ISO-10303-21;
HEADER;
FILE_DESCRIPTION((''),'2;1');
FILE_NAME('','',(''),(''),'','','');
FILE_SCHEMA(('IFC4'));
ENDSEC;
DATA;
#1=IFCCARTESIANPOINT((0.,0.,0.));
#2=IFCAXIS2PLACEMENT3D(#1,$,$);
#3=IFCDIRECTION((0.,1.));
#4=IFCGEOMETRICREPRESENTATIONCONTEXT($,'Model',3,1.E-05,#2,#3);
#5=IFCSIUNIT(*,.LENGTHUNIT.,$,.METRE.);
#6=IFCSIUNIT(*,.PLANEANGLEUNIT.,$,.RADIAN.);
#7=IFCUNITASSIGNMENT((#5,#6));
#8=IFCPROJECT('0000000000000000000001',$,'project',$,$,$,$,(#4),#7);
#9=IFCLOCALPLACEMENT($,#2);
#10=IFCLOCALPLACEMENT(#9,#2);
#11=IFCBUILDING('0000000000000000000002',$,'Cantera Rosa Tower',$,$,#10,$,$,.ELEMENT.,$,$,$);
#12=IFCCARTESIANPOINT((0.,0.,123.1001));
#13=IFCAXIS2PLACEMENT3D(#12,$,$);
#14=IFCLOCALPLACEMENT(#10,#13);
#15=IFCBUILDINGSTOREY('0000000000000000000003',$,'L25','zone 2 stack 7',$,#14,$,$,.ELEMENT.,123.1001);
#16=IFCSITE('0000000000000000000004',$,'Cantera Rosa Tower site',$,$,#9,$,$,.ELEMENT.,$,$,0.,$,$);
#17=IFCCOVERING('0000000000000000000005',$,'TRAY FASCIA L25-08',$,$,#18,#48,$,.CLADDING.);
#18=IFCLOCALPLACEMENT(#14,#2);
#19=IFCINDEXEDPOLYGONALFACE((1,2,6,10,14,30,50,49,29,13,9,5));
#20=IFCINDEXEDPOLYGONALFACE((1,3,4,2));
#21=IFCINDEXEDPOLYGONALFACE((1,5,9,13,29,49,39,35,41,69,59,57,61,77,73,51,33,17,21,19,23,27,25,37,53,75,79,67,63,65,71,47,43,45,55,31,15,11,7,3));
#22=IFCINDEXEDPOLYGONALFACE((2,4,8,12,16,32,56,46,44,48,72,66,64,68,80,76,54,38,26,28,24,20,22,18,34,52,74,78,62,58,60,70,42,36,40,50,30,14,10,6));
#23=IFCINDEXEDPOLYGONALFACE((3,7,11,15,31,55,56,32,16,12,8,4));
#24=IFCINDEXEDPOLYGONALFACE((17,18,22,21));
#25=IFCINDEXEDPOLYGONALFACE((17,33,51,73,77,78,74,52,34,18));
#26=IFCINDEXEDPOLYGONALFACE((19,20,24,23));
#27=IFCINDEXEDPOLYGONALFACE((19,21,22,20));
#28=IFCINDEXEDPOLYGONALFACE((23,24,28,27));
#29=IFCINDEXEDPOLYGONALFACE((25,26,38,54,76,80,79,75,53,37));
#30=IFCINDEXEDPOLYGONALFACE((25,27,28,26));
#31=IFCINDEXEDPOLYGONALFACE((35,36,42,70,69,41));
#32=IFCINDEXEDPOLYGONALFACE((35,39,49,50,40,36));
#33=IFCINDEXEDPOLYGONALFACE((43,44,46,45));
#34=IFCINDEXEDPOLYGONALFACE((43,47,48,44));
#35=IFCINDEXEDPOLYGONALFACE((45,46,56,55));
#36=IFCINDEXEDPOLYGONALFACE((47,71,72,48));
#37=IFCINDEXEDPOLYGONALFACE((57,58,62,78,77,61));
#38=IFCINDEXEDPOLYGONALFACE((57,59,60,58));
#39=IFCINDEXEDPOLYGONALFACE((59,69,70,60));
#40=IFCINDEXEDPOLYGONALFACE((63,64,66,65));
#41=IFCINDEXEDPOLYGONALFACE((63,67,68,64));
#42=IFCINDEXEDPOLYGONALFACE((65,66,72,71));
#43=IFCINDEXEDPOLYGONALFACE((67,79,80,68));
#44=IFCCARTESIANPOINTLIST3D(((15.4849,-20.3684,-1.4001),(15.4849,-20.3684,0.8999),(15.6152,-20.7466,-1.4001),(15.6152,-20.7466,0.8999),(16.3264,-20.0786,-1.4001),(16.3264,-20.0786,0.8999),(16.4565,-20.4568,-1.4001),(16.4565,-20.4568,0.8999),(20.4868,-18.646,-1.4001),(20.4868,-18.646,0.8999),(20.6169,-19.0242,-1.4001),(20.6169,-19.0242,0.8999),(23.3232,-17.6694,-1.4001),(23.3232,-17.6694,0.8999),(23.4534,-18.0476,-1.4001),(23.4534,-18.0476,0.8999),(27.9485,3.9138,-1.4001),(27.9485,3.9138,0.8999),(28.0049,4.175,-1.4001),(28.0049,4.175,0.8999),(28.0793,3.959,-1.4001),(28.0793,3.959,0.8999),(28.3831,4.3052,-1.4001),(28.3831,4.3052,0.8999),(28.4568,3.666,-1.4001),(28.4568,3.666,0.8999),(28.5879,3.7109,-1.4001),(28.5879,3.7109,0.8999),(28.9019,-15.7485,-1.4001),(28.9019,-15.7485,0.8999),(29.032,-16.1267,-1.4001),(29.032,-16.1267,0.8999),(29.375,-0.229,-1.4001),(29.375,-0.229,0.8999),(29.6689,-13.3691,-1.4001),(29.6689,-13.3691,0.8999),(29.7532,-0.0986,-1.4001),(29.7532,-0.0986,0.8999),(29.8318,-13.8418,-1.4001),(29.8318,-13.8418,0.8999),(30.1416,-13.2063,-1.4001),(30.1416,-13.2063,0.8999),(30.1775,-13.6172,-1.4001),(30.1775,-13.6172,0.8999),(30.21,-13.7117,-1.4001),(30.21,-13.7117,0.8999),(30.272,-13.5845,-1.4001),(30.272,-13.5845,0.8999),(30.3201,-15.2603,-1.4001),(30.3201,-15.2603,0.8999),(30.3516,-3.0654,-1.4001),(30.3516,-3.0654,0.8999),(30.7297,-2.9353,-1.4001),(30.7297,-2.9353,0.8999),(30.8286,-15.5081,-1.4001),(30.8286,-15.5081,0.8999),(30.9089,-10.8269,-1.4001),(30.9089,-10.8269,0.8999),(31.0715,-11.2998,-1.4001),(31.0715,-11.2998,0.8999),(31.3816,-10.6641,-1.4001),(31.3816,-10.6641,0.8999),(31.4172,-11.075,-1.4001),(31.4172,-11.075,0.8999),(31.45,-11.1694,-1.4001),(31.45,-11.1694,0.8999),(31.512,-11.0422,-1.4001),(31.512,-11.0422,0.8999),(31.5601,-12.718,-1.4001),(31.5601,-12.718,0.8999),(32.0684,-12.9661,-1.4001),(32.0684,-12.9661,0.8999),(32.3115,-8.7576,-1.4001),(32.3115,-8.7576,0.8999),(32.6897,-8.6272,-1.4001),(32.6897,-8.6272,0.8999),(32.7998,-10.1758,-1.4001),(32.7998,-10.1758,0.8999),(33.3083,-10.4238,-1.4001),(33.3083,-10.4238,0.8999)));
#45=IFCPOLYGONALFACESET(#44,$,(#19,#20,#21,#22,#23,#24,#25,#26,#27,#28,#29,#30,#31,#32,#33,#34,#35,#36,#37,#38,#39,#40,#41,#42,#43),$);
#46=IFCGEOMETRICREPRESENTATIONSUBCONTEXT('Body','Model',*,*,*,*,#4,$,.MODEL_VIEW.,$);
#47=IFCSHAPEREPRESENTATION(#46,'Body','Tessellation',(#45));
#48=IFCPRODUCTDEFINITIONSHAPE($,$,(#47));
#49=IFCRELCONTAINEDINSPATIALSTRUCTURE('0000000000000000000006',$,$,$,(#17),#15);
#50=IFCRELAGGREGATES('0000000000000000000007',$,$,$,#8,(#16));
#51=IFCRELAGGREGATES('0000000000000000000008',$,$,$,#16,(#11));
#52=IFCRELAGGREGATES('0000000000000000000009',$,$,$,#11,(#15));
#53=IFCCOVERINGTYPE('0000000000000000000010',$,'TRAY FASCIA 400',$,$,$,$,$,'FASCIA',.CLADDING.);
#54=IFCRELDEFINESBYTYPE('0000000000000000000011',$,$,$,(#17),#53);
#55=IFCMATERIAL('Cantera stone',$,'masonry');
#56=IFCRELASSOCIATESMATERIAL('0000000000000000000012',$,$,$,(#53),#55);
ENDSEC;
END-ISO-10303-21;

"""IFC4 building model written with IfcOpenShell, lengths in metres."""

from ifc_helpers import new_model, si_unit, direction, frame, origin, place, context, subcontext, project, spatial, polyline, outline, extrude, material, type_object, element, save


model = new_model("IFC4")

# Units and contexts
model_context = context("Model", 3, precision=1e-05, world=origin(), true_north=direction((0.0, 1.0)))
body_context = subcontext(model_context, "Body", "Model", "MODEL_VIEW")
ifc_project = project(units=[si_unit("LENGTHUNIT", "METRE"), si_unit("PLANEANGLEUNIT", "RADIAN")], contexts=[model_context])

# Site, building, storey
site_placement = place(None, origin())
site = spatial("IfcSite", under=ifc_project, at=site_placement, Name="Cantera Rosa Tower site", CompositionType="ELEMENT", RefElevation=0.0)
building_placement = place(site_placement, origin())
building = spatial("IfcBuilding", under=site, at=building_placement, Name="Cantera Rosa Tower", CompositionType="ELEMENT")
storey_placement = place(building_placement, frame((0.0, 0.0, 123.1001)))
storey = spatial("IfcBuildingStorey", under=building, at=storey_placement, Name="L25", Description="zone 2 stack 7", CompositionType="ELEMENT", Elevation=123.1001)

# Covering
ifc_material_1 = material(Name="Cantera stone", Category="masonry")
covering_type_1 = type_object("IfcCoveringType", Name="TRAY FASCIA 400", ElementType="FASCIA", PredefinedType="CLADDING", material=ifc_material_1)
covering_1_placement = place(storey_placement, frame((0.0, 0.0, -1.4001)))
element("IfcCovering", 1, at=covering_1_placement, inside=storey, type_object=covering_type_1, Name="TRAY FASCIA L25-08", PredefinedType="CLADDING", context=body_context, shape_type="SweptSolid", body=[
    extrude(outline(polyline([(28.5879, 3.7109), (28.4568, 3.666), (29.7532, -0.0986), (30.7297, -2.9353), (32.6897, -8.6272), (33.3083, -10.4238), (31.512, -11.0422), (31.4172, -11.075), (31.45, -11.1694), (32.0684, -12.9661), (30.272, -13.5845), (30.1775, -13.6172), (30.21, -13.7117), (30.8286, -15.5081), (29.032, -16.1267), (23.4534, -18.0476), (20.6169, -19.0242), (16.4565, -20.4568), (15.6152, -20.7466), (15.4849, -20.3684), (16.3264, -20.0786), (20.4868, -18.646), (23.3232, -17.6694), (28.9019, -15.7485), (30.3201, -15.2603), (29.8318, -13.8418), (29.6689, -13.3691), (30.1416, -13.2063), (31.5601, -12.718), (31.0715, -11.2998), (30.9089, -10.8269), (31.3816, -10.6641), (32.7998, -10.1758), (32.3115, -8.7576), (30.3516, -3.0654), (29.375, -0.229), (27.9485, 3.9138), (28.0793, 3.959), (28.0049, 4.175), (28.3831, 4.3052), (28.5879, 3.7109)])), origin(), (0.0, 0.0, 1.0), 2.3),
])

save(model, "model.ifc")
